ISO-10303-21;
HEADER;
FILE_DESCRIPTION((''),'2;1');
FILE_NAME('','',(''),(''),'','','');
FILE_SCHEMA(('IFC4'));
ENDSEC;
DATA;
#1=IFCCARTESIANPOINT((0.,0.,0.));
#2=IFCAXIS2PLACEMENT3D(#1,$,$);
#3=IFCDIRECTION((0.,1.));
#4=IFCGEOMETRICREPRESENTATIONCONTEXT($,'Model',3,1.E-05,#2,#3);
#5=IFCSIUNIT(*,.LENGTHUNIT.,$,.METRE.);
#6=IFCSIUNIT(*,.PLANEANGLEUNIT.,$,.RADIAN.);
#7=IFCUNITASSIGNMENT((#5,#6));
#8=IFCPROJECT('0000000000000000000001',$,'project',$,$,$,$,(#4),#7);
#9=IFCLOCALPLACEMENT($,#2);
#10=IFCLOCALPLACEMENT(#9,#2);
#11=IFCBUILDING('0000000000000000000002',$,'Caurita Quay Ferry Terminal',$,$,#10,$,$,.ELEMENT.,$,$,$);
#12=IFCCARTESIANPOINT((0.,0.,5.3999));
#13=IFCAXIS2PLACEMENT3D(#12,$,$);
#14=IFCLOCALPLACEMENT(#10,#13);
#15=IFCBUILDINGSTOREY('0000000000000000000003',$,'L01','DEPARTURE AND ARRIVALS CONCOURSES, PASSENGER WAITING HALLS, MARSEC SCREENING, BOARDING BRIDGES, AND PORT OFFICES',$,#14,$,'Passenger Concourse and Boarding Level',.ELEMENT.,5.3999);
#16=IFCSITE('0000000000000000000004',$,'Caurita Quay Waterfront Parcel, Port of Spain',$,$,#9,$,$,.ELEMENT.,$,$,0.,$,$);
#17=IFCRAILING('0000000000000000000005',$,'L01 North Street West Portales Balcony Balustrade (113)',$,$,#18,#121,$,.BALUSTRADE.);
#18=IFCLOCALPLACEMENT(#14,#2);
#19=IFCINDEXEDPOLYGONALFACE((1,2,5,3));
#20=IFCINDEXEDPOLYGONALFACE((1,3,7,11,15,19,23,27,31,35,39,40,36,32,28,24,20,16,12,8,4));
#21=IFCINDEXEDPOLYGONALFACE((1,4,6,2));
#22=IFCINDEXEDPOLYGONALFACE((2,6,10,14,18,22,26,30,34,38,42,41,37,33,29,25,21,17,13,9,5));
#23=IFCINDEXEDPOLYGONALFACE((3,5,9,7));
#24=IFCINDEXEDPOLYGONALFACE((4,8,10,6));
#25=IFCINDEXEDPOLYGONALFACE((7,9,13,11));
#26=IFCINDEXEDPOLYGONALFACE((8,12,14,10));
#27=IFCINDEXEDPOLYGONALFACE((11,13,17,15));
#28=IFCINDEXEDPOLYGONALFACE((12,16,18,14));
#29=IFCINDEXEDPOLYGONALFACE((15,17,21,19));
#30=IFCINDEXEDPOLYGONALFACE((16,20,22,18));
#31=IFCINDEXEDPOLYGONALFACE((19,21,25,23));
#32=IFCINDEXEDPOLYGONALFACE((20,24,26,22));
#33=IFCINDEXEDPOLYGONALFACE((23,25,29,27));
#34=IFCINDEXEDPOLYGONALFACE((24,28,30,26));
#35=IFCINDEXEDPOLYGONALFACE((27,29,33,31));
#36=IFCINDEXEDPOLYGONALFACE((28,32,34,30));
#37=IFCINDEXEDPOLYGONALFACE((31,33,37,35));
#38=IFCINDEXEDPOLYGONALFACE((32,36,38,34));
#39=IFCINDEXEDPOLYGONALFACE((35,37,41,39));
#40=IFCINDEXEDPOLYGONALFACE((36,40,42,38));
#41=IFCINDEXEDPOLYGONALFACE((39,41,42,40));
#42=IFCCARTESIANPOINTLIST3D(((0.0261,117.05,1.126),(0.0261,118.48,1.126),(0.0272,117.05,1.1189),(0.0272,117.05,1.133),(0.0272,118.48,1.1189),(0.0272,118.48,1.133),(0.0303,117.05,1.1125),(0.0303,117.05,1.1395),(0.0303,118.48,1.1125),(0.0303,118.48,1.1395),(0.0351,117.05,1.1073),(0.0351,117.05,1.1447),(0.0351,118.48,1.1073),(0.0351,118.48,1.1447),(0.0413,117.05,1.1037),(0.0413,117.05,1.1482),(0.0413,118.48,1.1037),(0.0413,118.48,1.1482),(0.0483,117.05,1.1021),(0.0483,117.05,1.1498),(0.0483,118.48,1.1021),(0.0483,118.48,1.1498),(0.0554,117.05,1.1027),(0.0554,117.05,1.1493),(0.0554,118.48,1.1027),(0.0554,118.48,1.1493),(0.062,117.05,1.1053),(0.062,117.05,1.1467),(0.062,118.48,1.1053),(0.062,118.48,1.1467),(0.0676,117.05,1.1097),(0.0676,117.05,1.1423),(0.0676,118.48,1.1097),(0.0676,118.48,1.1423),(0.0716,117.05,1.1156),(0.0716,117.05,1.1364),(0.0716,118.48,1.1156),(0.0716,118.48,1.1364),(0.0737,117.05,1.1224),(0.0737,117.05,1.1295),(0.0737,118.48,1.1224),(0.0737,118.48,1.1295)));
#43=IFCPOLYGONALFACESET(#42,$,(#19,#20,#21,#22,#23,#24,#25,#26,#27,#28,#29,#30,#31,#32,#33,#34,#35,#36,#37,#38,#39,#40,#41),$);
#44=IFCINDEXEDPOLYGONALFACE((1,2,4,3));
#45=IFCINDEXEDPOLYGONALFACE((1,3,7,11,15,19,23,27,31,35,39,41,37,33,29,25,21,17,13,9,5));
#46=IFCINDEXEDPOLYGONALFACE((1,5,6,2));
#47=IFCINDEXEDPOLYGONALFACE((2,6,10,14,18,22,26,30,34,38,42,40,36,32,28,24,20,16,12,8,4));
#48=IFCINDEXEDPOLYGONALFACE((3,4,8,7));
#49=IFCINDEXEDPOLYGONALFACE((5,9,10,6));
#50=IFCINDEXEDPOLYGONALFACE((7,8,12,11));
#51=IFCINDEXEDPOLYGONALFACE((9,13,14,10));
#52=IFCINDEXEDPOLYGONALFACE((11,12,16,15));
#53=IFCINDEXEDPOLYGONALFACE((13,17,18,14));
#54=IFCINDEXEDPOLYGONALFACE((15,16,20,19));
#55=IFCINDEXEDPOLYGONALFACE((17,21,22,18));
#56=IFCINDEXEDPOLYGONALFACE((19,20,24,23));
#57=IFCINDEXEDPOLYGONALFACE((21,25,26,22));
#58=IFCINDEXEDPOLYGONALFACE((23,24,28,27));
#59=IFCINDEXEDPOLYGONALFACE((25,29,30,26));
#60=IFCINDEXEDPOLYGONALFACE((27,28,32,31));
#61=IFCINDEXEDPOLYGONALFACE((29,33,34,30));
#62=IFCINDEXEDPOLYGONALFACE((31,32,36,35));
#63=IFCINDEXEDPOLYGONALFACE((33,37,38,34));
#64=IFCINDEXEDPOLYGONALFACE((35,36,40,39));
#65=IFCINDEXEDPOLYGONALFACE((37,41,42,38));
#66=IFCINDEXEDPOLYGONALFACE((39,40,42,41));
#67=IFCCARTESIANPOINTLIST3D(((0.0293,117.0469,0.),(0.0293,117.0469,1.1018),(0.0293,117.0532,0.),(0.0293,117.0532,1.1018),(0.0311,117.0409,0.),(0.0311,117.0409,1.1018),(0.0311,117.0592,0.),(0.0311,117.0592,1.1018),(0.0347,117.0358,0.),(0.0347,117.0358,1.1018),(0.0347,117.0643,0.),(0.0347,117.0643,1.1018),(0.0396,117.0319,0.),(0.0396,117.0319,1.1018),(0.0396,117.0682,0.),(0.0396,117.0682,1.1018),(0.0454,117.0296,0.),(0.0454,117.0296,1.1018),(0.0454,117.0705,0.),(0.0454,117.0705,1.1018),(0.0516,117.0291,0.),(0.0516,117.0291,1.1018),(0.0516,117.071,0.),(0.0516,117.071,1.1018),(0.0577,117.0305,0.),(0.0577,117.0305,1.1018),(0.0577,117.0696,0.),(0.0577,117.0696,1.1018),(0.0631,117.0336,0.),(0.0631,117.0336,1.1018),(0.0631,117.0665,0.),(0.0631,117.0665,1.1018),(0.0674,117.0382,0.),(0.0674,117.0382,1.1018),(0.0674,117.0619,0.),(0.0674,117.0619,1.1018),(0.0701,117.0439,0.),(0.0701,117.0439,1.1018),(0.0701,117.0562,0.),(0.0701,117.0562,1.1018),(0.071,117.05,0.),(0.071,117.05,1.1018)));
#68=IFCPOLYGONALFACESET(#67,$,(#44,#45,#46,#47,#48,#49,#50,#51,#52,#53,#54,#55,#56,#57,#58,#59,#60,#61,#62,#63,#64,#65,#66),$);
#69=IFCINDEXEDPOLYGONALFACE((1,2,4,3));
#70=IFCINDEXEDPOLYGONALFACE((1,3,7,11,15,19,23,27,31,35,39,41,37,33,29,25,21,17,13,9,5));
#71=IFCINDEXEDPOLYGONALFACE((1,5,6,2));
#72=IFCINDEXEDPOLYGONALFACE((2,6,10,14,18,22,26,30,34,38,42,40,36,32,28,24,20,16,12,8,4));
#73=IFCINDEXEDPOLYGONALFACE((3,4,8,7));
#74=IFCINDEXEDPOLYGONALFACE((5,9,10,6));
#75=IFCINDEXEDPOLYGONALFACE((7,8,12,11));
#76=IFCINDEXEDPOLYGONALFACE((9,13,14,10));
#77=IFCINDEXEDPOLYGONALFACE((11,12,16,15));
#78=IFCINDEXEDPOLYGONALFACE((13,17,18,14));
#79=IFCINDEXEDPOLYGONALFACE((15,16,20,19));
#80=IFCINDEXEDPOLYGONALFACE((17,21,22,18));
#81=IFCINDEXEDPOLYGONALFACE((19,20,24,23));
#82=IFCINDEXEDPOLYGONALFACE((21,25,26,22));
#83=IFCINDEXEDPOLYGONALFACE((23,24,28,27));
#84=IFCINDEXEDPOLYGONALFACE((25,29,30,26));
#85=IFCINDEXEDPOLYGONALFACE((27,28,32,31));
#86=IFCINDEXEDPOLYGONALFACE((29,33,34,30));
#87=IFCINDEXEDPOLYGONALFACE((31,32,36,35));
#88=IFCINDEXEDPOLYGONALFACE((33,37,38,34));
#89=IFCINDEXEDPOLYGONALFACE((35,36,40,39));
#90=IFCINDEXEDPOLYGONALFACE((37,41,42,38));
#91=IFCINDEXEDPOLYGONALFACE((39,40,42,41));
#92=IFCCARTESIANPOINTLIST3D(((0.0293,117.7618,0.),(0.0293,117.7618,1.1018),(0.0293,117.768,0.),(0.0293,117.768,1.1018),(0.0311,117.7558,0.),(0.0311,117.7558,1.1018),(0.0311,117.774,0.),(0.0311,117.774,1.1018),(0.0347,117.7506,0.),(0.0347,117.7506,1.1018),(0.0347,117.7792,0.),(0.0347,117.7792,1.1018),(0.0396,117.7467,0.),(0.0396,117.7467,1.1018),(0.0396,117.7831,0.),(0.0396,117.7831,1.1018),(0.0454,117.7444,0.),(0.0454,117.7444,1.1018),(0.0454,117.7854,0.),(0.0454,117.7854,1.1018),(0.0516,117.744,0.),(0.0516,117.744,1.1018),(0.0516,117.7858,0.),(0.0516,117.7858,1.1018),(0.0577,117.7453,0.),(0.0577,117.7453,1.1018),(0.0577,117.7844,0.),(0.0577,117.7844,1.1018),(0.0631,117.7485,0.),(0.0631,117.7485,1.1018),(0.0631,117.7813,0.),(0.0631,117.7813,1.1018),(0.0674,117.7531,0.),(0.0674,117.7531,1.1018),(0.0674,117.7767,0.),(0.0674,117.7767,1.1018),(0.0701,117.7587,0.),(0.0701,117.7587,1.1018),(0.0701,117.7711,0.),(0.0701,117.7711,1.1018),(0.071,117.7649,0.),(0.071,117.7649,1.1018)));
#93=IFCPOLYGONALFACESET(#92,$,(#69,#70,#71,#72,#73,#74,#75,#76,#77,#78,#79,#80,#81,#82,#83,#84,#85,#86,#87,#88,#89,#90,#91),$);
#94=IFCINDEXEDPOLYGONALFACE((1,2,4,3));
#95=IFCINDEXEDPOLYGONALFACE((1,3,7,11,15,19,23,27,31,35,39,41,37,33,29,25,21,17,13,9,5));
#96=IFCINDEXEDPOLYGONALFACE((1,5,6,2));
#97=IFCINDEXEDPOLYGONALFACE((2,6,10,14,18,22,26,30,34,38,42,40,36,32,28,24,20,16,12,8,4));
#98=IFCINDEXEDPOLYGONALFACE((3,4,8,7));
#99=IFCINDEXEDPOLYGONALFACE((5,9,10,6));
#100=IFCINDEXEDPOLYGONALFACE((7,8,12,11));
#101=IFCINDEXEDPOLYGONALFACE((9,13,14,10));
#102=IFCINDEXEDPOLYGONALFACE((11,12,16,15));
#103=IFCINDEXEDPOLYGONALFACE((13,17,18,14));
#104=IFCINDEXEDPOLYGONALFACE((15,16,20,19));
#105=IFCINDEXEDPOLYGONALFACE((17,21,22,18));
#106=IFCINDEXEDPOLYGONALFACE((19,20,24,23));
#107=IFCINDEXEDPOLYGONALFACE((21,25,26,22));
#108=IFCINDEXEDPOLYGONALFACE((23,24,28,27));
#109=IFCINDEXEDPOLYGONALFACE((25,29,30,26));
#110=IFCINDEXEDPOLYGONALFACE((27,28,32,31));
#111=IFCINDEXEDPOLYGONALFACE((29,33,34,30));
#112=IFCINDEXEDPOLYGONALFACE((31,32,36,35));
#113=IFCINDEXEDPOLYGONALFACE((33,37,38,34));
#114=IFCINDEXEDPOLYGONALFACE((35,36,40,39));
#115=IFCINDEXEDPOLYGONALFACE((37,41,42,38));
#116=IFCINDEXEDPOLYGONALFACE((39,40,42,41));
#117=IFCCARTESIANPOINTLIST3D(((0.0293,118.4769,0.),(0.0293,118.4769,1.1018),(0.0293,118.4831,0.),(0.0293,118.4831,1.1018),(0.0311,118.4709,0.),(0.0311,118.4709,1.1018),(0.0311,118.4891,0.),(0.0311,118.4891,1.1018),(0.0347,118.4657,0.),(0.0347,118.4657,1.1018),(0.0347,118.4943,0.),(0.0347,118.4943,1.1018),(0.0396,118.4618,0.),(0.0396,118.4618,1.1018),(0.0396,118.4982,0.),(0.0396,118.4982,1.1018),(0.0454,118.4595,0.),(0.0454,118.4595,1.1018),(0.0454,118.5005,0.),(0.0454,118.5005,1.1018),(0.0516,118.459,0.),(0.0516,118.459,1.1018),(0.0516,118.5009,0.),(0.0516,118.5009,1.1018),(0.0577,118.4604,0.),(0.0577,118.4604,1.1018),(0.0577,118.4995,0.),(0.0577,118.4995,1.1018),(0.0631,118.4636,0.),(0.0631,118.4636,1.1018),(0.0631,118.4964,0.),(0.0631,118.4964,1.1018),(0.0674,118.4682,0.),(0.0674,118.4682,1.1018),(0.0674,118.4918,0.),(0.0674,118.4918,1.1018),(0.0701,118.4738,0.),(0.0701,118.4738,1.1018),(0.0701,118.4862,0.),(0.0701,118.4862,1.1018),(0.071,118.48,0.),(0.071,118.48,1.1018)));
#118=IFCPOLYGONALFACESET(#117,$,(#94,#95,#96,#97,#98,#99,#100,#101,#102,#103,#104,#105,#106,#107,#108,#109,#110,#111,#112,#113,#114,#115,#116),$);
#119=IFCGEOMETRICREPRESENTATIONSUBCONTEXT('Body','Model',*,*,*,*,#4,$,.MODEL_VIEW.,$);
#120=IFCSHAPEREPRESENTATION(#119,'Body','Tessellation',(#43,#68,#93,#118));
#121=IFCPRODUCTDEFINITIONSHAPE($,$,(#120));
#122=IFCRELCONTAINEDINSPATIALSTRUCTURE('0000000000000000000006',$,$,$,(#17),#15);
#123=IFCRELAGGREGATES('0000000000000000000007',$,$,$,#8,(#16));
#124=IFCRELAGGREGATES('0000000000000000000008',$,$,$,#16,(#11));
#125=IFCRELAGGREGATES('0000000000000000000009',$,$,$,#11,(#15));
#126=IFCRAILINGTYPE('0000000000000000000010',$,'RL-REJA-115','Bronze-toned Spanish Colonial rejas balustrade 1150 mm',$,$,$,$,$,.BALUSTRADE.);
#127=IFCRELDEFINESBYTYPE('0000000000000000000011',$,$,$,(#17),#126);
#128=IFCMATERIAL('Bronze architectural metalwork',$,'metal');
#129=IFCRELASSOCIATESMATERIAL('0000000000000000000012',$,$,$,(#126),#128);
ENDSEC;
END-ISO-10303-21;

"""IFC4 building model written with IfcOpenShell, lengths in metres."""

from ifc_helpers import new_model, si_unit, direction, frame, origin, origin_2d, place, context, subcontext, project, spatial, circle, extrude, material, type_object, element, save


model = new_model("IFC4")

# Units and contexts
model_context = context("Model", 3, precision=1e-05, world=origin(), true_north=direction((0.0, 1.0)))
body_context = subcontext(model_context, "Body", "Model", "MODEL_VIEW")
ifc_project = project(units=[si_unit("LENGTHUNIT", "METRE"), si_unit("PLANEANGLEUNIT", "RADIAN")], contexts=[model_context])

# Site, building, storey
site_placement = place(None, origin())
site = spatial("IfcSite", under=ifc_project, at=site_placement, Name="Caurita Quay Waterfront Parcel, Port of Spain", CompositionType="ELEMENT", RefElevation=0.0)
building_placement = place(site_placement, origin())
building = spatial("IfcBuilding", under=site, at=building_placement, Name="Caurita Quay Ferry Terminal", CompositionType="ELEMENT")
storey_placement = place(building_placement, frame((0.0, 0.0, 5.3999)))
storey = spatial("IfcBuildingStorey", under=building, at=storey_placement, Name="L01", Description="DEPARTURE AND ARRIVALS CONCOURSES, PASSENGER WAITING HALLS, MARSEC SCREENING, BOARDING BRIDGES, AND PORT OFFICES", LongName="Passenger Concourse and Boarding Level", CompositionType="ELEMENT", Elevation=5.3999)

# Railing
ifc_material_1 = material(Name="Bronze architectural metalwork", Category="metal")
railing_type_1 = type_object("IfcRailingType", Name="RL-REJA-115", Description="Bronze-toned Spanish Colonial rejas balustrade 1150 mm", PredefinedType="BALUSTRADE", material=ifc_material_1)
railing_1_placement = place(storey_placement, frame((0.05, 117.05, 0.0)))
element("IfcRailing", 1, at=railing_1_placement, inside=storey, type_object=railing_type_1, Name="L01 North Street West Portales Balcony Balustrade (113)", PredefinedType="BALUSTRADE", context=body_context, shape_type="SweptSolid", body=[
    extrude(circle(Radius=0.0239, at=origin_2d()), frame((0.0, 0.0, 1.126), z_axis=(0.0, 1.0, 0.0), x_axis=(-1.0, 0.0, 0.0)), (0.0, 0.0, 1.0), 1.4299),
    extrude(circle(Radius=0.021, at=origin_2d()), origin(), (0.0, 0.0, 1.0), 1.1018),
    extrude(circle(Radius=0.021, at=origin_2d()), frame((0.0, 0.7148, 0.0)), (0.0, 0.0, 1.0), 1.1018),
    extrude(circle(Radius=0.021, at=origin_2d()), frame((0.0, 1.4299, 0.0)), (0.0, 0.0, 1.0), 1.1018),
])

save(model, "model.ifc")
